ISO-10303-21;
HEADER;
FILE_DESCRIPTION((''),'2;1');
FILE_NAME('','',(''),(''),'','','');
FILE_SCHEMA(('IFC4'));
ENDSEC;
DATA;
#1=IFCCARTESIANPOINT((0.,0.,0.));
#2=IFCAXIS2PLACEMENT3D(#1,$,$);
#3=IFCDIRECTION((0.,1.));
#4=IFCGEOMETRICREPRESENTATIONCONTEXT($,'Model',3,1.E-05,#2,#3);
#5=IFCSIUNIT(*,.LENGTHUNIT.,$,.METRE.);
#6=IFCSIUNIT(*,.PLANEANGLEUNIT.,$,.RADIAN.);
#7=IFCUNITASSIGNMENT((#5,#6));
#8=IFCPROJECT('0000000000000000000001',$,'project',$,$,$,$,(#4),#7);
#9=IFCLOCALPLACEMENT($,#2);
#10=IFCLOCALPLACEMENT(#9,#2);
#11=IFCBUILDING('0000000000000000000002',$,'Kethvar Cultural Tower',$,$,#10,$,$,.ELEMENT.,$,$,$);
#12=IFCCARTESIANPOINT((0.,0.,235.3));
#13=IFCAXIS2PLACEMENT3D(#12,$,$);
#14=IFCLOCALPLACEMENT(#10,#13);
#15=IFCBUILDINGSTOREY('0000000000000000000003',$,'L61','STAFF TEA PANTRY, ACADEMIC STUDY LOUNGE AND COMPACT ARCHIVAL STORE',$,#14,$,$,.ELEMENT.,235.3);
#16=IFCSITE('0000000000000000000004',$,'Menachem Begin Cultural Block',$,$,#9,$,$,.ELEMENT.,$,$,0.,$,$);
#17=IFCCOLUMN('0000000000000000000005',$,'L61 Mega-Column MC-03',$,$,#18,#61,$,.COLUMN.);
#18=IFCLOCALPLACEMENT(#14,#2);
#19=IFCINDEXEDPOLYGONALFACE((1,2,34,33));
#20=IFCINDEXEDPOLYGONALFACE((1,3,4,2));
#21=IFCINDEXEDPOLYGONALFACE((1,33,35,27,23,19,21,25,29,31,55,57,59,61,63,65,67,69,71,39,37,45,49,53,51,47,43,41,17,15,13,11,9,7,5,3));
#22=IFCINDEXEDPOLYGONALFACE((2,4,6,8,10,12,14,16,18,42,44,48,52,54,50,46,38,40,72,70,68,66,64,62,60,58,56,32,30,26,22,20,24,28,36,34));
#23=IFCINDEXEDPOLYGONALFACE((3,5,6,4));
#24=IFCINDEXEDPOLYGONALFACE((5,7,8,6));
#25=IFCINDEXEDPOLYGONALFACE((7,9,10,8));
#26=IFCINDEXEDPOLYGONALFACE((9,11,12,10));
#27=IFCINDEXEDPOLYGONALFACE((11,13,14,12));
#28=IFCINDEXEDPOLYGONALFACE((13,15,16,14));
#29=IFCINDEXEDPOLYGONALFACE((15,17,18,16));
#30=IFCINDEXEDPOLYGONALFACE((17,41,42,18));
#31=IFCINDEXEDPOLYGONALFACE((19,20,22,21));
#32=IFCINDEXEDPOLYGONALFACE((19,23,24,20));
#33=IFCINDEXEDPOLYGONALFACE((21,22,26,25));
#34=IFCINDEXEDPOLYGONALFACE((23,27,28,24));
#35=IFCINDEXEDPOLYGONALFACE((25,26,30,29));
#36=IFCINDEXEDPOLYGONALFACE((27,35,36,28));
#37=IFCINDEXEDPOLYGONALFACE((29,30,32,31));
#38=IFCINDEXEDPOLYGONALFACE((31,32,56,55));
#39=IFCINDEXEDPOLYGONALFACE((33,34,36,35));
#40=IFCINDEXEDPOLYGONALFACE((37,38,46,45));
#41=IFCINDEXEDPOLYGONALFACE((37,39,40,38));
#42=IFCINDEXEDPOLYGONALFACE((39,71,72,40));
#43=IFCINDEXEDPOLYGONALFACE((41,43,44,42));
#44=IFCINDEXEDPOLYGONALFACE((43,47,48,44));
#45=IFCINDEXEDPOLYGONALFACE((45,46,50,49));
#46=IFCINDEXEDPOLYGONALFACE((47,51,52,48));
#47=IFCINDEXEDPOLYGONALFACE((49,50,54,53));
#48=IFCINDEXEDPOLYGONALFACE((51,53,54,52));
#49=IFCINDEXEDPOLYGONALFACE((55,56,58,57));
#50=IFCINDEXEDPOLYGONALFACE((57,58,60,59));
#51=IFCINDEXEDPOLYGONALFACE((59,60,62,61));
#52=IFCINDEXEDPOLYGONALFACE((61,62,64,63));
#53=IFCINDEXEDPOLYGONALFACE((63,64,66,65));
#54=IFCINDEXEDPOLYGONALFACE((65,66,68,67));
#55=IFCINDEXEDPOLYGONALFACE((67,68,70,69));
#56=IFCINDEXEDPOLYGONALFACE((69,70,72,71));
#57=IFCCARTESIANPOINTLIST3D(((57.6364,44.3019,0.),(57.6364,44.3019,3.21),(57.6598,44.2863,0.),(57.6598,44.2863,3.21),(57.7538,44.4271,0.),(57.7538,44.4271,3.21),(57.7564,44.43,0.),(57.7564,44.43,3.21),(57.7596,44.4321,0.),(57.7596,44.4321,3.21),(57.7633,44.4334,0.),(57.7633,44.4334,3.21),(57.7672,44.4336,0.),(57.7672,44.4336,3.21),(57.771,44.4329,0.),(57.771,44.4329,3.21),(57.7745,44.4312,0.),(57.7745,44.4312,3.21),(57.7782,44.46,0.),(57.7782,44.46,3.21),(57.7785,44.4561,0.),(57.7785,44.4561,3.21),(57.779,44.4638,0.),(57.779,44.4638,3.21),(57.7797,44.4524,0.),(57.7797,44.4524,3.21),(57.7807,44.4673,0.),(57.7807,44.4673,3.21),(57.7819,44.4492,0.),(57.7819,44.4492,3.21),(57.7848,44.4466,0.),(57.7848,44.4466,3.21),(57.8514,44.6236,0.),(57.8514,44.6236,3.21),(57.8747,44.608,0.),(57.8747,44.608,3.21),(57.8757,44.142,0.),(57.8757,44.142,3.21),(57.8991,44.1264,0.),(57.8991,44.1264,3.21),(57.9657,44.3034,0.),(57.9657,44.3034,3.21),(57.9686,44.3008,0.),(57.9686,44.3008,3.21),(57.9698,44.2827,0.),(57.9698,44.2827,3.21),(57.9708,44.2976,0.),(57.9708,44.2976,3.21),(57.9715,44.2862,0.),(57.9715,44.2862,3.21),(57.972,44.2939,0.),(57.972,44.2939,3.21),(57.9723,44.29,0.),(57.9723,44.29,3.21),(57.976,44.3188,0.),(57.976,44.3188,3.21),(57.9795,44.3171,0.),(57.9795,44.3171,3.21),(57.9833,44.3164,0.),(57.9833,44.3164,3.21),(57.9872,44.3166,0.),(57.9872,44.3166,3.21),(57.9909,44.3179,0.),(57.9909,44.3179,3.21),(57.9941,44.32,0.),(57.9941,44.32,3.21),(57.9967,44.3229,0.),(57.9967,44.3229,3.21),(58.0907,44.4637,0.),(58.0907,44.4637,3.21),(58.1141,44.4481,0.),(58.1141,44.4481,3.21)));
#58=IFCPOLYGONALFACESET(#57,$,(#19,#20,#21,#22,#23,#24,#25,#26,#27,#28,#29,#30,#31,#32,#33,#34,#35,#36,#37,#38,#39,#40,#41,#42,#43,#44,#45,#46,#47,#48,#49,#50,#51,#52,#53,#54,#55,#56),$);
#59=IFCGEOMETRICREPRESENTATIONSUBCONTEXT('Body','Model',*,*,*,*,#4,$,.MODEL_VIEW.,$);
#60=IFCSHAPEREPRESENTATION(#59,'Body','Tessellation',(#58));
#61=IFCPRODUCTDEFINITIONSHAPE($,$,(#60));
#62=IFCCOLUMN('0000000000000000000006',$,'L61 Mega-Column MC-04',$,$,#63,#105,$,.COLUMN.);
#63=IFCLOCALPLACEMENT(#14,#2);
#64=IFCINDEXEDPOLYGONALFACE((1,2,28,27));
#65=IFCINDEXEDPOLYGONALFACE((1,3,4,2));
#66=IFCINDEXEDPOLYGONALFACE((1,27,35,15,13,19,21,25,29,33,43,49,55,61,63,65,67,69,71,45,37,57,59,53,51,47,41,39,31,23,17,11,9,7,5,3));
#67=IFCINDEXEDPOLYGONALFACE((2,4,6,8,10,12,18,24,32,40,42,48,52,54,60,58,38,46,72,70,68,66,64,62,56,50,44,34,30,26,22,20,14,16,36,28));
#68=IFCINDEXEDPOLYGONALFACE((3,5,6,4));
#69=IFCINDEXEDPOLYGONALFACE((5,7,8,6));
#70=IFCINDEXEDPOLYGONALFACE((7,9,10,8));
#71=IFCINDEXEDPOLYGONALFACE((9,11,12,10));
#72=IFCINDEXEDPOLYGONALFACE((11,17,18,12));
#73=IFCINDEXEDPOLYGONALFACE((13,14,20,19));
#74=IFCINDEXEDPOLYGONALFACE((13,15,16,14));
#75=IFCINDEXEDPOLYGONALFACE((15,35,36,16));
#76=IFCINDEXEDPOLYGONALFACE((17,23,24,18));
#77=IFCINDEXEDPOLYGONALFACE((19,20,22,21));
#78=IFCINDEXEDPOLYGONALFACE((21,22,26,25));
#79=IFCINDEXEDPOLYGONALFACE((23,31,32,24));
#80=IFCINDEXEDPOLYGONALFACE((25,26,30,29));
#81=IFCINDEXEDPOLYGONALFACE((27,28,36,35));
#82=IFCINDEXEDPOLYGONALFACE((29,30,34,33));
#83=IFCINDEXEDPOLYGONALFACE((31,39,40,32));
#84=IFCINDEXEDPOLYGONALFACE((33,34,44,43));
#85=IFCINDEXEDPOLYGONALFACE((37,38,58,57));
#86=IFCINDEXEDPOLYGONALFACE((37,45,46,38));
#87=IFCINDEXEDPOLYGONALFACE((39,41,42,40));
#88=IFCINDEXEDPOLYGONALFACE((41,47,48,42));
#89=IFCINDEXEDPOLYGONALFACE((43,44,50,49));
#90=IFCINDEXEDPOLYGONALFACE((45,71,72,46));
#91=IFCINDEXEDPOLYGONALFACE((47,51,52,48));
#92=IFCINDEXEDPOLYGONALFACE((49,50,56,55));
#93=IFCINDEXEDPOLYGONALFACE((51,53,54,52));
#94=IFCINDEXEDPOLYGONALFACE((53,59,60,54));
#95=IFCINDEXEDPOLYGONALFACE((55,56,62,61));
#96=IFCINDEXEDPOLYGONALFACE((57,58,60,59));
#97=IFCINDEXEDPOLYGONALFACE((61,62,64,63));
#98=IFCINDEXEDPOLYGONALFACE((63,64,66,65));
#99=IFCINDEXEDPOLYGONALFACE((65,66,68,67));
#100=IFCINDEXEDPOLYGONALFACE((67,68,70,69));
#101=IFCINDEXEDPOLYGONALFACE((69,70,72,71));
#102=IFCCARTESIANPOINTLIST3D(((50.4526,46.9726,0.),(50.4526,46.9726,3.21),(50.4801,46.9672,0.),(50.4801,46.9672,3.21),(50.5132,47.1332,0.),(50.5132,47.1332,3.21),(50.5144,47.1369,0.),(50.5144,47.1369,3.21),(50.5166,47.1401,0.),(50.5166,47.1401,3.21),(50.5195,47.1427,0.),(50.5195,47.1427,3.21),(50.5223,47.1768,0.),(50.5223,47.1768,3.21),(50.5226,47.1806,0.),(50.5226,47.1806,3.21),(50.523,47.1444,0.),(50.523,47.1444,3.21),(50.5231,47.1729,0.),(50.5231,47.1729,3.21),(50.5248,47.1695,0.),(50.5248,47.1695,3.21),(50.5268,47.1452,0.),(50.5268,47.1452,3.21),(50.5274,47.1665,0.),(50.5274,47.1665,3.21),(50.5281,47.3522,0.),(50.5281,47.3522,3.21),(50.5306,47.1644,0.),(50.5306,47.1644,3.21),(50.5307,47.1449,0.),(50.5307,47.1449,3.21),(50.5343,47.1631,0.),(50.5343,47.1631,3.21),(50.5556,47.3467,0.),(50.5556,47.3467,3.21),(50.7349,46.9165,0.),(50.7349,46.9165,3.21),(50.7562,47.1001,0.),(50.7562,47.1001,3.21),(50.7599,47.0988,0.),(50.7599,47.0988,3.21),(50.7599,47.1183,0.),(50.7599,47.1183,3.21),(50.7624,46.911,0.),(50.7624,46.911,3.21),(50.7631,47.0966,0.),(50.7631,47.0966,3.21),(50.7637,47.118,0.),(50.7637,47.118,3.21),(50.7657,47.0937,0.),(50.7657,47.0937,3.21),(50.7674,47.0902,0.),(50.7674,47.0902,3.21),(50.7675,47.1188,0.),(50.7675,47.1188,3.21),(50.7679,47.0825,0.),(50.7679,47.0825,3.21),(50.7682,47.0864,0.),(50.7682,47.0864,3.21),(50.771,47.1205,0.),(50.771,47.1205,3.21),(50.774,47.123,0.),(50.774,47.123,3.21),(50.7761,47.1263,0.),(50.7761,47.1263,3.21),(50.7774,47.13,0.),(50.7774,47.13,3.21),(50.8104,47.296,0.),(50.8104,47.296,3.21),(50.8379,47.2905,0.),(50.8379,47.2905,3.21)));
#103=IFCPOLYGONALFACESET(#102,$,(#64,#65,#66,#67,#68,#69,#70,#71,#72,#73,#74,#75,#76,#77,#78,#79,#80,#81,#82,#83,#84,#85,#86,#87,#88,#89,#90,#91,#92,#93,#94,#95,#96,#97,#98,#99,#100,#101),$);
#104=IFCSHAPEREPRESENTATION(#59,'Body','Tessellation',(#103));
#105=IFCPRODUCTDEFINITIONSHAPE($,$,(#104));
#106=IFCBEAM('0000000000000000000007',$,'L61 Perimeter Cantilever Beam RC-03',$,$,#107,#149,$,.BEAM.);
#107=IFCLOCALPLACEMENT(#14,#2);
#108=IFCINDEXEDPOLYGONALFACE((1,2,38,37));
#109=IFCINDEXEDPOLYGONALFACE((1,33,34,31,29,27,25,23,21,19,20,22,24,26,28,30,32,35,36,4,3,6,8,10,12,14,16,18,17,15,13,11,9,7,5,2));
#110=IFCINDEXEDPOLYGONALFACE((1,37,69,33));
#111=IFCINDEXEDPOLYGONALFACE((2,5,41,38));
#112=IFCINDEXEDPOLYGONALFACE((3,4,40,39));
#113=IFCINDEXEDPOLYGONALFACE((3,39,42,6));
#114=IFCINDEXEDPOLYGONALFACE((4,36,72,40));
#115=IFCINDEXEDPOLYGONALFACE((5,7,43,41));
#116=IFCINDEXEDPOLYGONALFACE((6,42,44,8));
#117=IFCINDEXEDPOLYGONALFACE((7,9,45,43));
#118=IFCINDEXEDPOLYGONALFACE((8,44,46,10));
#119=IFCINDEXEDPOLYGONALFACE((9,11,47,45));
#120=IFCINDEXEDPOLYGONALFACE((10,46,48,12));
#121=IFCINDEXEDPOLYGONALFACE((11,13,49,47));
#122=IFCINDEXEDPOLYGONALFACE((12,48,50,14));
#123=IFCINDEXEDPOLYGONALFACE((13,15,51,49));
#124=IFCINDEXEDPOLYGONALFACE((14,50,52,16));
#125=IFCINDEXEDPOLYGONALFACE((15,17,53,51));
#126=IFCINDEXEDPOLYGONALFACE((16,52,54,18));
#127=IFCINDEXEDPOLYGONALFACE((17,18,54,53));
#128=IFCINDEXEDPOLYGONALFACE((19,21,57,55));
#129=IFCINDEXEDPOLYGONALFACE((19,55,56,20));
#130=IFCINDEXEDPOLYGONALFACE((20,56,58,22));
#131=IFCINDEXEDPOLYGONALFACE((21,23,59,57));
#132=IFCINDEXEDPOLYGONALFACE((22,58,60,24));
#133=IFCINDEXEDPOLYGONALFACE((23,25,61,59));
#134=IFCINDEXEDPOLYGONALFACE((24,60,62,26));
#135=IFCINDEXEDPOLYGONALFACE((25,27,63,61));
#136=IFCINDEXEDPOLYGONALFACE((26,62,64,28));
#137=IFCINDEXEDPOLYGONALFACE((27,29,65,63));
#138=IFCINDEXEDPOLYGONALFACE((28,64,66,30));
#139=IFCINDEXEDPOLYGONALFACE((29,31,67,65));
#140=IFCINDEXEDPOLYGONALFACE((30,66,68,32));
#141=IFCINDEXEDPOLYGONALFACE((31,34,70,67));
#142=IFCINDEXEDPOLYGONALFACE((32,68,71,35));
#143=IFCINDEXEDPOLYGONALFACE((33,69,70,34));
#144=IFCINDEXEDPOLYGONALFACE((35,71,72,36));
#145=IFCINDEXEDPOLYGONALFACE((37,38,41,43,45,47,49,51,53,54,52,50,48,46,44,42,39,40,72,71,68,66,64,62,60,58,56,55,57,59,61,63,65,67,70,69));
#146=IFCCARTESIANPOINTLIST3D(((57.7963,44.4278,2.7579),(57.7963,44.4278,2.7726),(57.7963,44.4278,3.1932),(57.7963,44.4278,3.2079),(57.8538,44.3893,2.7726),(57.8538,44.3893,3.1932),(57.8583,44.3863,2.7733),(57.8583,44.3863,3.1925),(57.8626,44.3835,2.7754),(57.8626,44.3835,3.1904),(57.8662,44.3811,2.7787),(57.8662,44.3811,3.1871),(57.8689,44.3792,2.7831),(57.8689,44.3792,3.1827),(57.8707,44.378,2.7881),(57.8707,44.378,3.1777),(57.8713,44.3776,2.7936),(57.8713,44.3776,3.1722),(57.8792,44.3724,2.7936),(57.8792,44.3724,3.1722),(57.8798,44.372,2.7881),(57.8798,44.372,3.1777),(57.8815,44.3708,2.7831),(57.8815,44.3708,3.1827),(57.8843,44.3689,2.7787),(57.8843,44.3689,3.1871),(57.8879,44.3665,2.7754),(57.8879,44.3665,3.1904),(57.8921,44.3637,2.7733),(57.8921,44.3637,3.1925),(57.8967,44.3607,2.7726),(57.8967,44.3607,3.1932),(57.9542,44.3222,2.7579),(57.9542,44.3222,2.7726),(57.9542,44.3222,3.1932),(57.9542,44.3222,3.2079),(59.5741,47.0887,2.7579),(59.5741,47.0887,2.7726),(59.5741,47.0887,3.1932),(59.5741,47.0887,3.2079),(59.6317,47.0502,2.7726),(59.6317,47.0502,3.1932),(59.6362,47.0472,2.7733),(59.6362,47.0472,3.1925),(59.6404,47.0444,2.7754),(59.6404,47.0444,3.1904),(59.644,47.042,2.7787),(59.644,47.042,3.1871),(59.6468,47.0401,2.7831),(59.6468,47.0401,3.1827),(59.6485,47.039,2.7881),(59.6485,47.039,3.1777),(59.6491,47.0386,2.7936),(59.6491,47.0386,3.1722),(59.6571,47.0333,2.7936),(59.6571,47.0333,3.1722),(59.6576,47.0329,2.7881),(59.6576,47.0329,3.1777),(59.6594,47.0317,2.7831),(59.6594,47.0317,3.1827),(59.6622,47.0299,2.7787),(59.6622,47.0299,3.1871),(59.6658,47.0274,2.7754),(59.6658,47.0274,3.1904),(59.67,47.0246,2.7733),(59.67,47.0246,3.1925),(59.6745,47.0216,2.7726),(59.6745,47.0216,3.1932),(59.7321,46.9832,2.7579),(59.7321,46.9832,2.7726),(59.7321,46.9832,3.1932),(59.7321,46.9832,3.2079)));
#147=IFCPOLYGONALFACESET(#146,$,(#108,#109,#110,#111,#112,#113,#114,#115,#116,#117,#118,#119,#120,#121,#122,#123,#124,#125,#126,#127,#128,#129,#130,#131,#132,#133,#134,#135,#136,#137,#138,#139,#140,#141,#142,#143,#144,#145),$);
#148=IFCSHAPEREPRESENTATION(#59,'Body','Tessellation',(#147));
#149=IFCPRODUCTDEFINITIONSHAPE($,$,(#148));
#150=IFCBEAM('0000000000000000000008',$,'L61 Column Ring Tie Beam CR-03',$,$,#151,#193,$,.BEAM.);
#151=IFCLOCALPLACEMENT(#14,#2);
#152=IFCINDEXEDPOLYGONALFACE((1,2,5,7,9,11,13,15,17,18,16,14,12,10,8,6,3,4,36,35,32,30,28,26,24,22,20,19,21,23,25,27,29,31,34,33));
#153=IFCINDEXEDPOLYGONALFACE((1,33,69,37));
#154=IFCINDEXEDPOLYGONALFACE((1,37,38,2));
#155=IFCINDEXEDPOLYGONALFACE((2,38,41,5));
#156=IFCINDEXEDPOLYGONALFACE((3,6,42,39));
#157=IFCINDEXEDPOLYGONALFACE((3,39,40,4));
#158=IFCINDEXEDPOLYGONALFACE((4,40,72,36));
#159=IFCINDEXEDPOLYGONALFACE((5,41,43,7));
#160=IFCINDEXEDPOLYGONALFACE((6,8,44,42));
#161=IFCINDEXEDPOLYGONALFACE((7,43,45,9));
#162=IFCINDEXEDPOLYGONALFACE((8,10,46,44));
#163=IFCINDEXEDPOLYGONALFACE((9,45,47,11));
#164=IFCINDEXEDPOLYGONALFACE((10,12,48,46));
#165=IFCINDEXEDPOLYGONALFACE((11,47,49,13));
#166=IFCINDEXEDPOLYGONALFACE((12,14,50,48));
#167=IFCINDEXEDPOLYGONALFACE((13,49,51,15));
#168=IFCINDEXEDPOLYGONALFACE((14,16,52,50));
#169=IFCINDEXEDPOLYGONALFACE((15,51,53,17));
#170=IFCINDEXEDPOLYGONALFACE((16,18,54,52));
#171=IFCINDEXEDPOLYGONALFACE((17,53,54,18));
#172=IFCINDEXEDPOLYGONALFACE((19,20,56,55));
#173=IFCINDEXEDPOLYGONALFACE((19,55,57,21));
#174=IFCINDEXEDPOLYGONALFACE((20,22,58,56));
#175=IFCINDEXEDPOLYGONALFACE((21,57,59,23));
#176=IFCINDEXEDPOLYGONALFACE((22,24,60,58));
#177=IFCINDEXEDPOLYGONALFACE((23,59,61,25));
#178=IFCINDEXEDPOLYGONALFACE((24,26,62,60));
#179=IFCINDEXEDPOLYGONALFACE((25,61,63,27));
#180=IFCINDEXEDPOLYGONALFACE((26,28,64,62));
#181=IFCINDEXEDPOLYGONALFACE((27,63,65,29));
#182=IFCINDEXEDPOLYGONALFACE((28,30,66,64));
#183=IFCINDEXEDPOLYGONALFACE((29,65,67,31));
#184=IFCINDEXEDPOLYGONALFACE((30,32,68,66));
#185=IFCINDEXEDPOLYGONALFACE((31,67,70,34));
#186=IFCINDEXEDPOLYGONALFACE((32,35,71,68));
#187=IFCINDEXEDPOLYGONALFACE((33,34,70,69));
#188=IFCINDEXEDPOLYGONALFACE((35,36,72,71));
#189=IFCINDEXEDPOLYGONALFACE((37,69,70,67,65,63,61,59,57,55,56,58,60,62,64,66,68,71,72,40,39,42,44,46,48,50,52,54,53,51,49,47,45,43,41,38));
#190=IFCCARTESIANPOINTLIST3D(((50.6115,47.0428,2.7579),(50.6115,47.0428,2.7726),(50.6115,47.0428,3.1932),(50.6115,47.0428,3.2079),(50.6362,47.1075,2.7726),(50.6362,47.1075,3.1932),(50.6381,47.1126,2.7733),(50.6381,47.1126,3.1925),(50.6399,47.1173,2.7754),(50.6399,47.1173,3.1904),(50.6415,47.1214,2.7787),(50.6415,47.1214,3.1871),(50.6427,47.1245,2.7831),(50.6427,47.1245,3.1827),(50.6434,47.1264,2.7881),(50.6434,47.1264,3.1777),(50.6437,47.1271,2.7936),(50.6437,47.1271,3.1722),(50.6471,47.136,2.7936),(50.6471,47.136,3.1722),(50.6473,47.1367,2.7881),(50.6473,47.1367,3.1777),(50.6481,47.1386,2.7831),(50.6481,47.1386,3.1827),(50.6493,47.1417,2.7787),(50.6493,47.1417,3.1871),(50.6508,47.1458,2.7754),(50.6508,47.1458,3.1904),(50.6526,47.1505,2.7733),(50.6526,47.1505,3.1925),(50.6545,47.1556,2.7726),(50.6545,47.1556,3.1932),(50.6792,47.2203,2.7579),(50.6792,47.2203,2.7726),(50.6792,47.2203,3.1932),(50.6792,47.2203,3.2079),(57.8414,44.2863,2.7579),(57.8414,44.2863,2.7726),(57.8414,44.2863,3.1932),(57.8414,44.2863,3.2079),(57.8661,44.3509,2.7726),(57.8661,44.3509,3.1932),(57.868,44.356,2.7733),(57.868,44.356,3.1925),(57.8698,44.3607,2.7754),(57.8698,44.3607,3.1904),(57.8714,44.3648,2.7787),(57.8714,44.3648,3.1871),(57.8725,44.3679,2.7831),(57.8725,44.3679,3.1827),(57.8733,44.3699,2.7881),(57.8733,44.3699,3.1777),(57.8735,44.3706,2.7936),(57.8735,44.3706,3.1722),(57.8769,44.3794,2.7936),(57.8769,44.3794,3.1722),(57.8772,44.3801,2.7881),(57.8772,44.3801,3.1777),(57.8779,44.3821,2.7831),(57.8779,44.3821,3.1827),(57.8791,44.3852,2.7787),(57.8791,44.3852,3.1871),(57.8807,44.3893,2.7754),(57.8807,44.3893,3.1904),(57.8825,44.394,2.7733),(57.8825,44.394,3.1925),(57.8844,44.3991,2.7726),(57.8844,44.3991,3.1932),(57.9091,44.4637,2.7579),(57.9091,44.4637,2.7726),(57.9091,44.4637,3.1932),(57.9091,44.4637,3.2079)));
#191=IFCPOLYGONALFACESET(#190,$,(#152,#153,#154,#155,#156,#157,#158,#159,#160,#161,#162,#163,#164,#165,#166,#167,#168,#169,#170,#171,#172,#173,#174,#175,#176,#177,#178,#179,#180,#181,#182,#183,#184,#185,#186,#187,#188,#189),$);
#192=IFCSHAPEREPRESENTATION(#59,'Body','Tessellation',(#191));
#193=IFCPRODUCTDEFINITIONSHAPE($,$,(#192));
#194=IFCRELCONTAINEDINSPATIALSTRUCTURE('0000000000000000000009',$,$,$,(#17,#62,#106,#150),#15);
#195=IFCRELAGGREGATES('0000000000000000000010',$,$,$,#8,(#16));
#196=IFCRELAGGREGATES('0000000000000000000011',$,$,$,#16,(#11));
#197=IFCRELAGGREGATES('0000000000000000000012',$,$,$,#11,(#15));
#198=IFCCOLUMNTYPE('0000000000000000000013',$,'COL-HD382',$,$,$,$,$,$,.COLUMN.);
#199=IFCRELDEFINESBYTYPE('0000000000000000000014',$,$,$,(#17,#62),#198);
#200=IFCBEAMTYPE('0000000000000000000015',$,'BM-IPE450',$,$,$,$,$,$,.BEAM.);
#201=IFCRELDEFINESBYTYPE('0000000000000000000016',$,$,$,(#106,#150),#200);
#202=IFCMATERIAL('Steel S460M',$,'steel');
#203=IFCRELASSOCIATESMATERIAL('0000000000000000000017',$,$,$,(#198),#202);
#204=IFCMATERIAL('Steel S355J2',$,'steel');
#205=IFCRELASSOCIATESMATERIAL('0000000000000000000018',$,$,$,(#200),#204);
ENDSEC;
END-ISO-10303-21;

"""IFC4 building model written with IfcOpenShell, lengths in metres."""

from ifc_helpers import new_model, si_unit, direction, frame, origin, origin_2d, place, context, subcontext, project, spatial, i_section, extrude, source, transform, mapped, material, material_profile, profile_set, type_object, element, save


model = new_model("IFC4")

# Units and contexts
model_context = context("Model", 3, precision=1e-05, world=origin(), true_north=direction((0.0, 1.0)))
body_context = subcontext(model_context, "Body", "Model", "MODEL_VIEW")
ifc_project = project(units=[si_unit("LENGTHUNIT", "METRE"), si_unit("PLANEANGLEUNIT", "RADIAN")], contexts=[model_context])

# Site, building, storey
site_placement = place(None, origin())
site = spatial("IfcSite", under=ifc_project, at=site_placement, Name="Menachem Begin Cultural Block", CompositionType="ELEMENT", RefElevation=0.0)
building_placement = place(site_placement, origin())
building = spatial("IfcBuilding", under=site, at=building_placement, Name="Kethvar Cultural Tower", CompositionType="ELEMENT")
storey_placement = place(building_placement, frame((0.0, 0.0, 235.3)))
storey = spatial("IfcBuildingStorey", under=building, at=storey_placement, Name="L61", Description="STAFF TEA PANTRY, ACADEMIC STUDY LOUNGE AND COMPACT ARCHIVAL STORE", CompositionType="ELEMENT", Elevation=235.3)

# Columns
ifc_material_1 = material(Name="Steel S460M", Category="steel")
ifc_material_profile_1 = material_profile(ifc_material_1, i_section(OverallWidth=0.387, OverallDepth=0.3159, WebThickness=0.0186, FlangeThickness=0.0281, FilletRadius=0.0149, at=origin_2d()), Name="Steel S460M — HD400x382")
ifc_profile_set_1 = profile_set([ifc_material_profile_1], Name="Steel S460M — HD400x382")
column_type = type_object("IfcColumnType", Name="COL-HD382", PredefinedType="COLUMN", material=ifc_profile_set_1)
shared_shape_1 = source(origin(), body_context, "Body", "SweptSolid", [
    extrude(i_section(OverallWidth=0.387, OverallDepth=0.3159, WebThickness=0.0186, FlangeThickness=0.0281, FilletRadius=0.0149, at=origin_2d()), origin(), (0.0, 0.0, 1.0), 3.21),
])
for number, where, z_axis, x_axis, name in (
    (1, (57.8752, 44.375, 0.0), (0.0, 0.0, 1.0), (0.55557, 0.83147, 0.0), "L61 Mega-Column MC-03"),
    (2, (50.6453, 47.1316, 0.0), (0.0, 0.0, 1.0), (0.19509, 0.980785, 0.0), "L61 Mega-Column MC-04"),
):
    element("IfcColumn", number, at=place(storey_placement, frame(where, z_axis=z_axis, x_axis=x_axis)), inside=storey, type_object=column_type, Name=name, PredefinedType="COLUMN", context=body_context, shape_type="MappedRepresentation", body=[
        mapped(shared_shape_1, transform((0.0, 0.0, 0.0), scale=1.0)),
    ])

# Beams
ifc_material_2 = material(Name="Steel S355J2", Category="steel")
ifc_material_profile_2 = material_profile(ifc_material_2, i_section(OverallWidth=0.1899, OverallDepth=0.45, WebThickness=0.0095, FlangeThickness=0.0146, FilletRadius=0.021, at=origin_2d()), Name="Steel S355J2 — IPE450")
ifc_profile_set_2 = profile_set([ifc_material_profile_2], Name="Steel S355J2 — IPE450")
beam_type_1 = type_object("IfcBeamType", Name="BM-IPE450", PredefinedType="BEAM", material=ifc_profile_set_2)
shared_shape_2 = source(origin(), body_context, "Body", "SweptSolid", [
    extrude(i_section(OverallWidth=0.1899, OverallDepth=0.45, WebThickness=0.0095, FlangeThickness=0.0146, FilletRadius=0.021, at=origin_2d()), origin(), (0.0, 0.0, 1.0), 3.2002),
])
beam_1_placement = place(storey_placement, frame((57.8752, 44.375, 2.9829), z_axis=(0.555545, 0.831486, 0.0), x_axis=(-0.831486, 0.555545, 0.0)))
element("IfcBeam", 3, at=beam_1_placement, inside=storey, type_object=beam_type_1, Name="L61 Perimeter Cantilever Beam RC-03", PredefinedType="BEAM", context=body_context, shape_type="MappedRepresentation", body=[
    mapped(shared_shape_2, transform((0.0, 0.0, 0.0), scale=1.0)),
])
shared_shape_3 = source(origin(), body_context, "Body", "SweptSolid", [
    extrude(i_section(OverallWidth=0.1899, OverallDepth=0.45, WebThickness=0.0095, FlangeThickness=0.0146, FilletRadius=0.021, at=origin_2d()), origin(), (0.0, 0.0, 1.0), 7.7375),
])
beam_2_placement = place(storey_placement, frame((57.8752, 44.375, 2.9829), z_axis=(-0.934388, 0.356256, 0.0), x_axis=(-0.356256, -0.934388, 0.0)))
element("IfcBeam", 4, at=beam_2_placement, inside=storey, type_object=beam_type_1, Name="L61 Column Ring Tie Beam CR-03", PredefinedType="BEAM", context=body_context, shape_type="MappedRepresentation", body=[
    mapped(shared_shape_3, transform((0.0, 0.0, 0.0), scale=1.0)),
])

save(model, "model.ifc")
